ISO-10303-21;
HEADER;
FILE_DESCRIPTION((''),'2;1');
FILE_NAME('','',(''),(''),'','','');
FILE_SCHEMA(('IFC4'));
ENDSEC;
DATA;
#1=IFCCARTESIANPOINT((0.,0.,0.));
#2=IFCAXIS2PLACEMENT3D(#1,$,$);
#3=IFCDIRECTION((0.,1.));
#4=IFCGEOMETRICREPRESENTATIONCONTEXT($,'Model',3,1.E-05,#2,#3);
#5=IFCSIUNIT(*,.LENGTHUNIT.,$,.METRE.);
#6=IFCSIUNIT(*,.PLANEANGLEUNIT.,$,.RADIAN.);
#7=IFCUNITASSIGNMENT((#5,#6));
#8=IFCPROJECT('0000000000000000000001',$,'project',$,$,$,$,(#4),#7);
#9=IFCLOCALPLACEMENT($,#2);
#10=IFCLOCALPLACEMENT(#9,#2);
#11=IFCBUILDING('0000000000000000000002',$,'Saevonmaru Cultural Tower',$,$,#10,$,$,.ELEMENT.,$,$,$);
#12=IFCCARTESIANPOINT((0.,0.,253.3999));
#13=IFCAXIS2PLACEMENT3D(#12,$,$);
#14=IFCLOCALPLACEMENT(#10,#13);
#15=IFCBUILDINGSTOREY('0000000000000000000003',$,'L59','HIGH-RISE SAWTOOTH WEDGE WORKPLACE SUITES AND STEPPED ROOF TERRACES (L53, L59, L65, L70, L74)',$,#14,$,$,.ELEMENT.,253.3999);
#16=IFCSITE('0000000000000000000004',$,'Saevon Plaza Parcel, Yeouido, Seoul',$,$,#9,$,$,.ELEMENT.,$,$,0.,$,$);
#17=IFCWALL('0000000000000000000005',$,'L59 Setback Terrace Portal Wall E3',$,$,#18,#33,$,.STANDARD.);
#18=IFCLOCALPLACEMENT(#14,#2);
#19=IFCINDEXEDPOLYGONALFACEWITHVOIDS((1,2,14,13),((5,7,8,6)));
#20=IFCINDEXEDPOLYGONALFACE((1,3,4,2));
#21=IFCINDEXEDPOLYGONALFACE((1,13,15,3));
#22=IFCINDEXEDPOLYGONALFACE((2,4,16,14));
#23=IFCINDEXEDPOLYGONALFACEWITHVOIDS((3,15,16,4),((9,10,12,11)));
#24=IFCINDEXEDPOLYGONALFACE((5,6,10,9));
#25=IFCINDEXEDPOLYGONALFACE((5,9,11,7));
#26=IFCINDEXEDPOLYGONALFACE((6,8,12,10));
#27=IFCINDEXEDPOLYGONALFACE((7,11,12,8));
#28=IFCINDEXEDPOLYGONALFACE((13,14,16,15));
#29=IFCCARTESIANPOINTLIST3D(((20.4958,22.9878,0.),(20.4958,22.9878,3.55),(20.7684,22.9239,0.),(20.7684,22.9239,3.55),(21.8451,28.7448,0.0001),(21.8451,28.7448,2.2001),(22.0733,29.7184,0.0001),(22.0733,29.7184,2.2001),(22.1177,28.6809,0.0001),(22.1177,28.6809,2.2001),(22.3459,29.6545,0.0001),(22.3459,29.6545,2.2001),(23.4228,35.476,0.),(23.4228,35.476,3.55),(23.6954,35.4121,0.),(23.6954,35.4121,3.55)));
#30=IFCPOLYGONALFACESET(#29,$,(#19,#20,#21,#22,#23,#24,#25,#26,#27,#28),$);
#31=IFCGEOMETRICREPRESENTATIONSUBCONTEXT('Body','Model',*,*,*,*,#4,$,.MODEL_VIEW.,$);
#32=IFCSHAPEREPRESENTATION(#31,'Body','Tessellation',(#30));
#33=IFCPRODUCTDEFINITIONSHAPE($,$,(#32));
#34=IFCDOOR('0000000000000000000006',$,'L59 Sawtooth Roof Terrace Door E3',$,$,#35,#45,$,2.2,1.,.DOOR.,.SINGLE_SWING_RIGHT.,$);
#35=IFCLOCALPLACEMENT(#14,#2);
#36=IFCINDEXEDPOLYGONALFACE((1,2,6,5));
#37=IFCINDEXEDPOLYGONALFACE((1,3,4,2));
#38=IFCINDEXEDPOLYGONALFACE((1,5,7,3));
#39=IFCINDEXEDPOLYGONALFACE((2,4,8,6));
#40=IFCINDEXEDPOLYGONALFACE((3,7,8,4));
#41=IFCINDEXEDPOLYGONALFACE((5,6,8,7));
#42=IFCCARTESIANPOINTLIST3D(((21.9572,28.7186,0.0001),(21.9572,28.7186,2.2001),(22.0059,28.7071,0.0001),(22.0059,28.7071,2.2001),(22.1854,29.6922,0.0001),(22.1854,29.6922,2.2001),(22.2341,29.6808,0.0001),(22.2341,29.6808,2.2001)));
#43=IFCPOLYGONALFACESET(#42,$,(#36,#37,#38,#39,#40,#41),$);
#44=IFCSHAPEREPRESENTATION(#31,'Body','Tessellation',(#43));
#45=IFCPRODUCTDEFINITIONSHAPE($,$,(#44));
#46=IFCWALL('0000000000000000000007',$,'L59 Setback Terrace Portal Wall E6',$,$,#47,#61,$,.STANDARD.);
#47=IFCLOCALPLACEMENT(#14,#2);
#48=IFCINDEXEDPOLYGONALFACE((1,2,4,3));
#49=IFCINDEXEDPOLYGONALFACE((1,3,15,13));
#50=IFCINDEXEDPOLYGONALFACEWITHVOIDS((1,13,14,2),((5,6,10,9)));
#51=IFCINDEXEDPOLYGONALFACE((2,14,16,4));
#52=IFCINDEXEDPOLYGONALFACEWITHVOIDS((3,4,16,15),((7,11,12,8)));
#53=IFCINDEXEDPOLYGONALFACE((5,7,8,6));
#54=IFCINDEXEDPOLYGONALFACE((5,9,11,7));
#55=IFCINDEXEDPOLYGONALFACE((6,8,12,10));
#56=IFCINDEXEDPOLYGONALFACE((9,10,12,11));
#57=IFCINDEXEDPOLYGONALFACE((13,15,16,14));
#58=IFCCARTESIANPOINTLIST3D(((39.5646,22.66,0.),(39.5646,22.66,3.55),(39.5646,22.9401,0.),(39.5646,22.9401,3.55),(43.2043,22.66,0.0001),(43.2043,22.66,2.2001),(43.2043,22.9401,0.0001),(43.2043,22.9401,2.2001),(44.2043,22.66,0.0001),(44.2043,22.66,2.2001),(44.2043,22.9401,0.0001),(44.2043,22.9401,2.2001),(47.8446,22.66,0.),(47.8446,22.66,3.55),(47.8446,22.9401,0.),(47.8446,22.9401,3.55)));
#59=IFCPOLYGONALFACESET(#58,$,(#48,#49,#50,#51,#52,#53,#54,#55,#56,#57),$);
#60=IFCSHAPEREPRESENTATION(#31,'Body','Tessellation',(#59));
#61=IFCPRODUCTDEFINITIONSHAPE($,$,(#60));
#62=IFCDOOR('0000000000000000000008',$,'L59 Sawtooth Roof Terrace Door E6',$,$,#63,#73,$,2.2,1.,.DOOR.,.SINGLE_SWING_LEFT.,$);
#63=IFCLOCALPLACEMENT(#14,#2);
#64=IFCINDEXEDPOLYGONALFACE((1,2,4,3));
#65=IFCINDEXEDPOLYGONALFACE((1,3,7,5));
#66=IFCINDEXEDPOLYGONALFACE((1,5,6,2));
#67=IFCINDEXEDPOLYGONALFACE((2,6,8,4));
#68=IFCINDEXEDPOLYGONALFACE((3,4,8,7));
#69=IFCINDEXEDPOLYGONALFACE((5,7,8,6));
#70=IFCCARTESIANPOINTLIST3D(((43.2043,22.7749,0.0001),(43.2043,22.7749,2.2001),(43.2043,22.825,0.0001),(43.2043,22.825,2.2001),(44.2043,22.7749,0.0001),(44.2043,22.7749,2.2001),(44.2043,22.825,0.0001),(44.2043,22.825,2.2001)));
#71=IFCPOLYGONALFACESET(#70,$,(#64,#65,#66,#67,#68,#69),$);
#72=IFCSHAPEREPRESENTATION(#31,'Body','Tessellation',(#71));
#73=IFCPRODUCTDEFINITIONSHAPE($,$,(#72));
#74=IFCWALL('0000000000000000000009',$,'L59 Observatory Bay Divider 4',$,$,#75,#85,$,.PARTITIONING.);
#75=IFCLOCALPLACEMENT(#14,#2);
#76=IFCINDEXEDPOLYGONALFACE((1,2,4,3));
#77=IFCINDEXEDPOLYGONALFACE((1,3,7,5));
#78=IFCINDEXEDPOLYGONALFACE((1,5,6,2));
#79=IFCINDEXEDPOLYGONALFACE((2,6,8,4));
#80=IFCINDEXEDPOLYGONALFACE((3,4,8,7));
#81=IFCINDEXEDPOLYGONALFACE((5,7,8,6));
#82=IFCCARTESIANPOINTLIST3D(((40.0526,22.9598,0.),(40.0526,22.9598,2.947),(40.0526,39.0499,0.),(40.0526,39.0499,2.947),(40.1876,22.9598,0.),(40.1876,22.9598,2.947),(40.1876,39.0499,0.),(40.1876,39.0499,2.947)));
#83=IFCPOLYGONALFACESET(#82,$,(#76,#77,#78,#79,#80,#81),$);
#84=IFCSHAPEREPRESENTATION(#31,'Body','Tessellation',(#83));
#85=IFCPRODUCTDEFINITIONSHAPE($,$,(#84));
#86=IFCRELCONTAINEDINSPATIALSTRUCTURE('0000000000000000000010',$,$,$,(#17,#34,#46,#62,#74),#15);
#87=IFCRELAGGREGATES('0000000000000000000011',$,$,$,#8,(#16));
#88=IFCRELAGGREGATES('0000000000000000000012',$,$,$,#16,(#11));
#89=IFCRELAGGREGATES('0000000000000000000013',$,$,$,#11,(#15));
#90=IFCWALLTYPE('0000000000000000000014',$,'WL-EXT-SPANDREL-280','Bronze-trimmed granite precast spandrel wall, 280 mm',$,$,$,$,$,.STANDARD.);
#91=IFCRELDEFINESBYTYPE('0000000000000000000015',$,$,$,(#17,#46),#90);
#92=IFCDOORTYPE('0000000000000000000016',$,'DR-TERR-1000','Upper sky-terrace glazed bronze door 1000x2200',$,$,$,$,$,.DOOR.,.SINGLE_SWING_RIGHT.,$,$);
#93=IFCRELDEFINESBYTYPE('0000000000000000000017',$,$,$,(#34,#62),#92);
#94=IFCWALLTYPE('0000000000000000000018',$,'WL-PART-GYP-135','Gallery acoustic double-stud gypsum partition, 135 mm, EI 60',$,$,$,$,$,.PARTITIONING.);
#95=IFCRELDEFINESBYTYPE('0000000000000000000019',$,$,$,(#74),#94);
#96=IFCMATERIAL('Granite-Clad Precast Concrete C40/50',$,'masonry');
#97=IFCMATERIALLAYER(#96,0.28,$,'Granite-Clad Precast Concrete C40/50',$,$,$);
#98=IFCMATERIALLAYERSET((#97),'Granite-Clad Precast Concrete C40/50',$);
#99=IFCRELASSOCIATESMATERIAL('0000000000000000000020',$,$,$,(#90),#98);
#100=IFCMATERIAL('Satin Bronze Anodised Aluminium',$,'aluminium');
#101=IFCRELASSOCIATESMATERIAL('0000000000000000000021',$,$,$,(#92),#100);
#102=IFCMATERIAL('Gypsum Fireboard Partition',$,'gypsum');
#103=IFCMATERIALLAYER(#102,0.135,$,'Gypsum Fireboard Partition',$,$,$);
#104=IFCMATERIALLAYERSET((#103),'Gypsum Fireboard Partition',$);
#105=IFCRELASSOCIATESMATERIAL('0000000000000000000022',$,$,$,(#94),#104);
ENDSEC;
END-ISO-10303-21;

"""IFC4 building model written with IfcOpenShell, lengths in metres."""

from ifc_helpers import new_model, si_unit, direction, frame, frame_2d, origin, place, context, subcontext, project, spatial, rectangle, extrude, material, layer, layer_set, type_object, element, fill, save


model = new_model("IFC4")

# Units and contexts
model_context = context("Model", 3, precision=1e-05, world=origin(), true_north=direction((0.0, 1.0)))
body_context = subcontext(model_context, "Body", "Model", "MODEL_VIEW")
ifc_project = project(units=[si_unit("LENGTHUNIT", "METRE"), si_unit("PLANEANGLEUNIT", "RADIAN")], contexts=[model_context])

# Site, building, storey
site_placement = place(None, origin())
site = spatial("IfcSite", under=ifc_project, at=site_placement, Name="Saevon Plaza Parcel, Yeouido, Seoul", CompositionType="ELEMENT", RefElevation=0.0)
building_placement = place(site_placement, origin())
building = spatial("IfcBuilding", under=site, at=building_placement, Name="Saevonmaru Cultural Tower", CompositionType="ELEMENT")
storey_placement = place(building_placement, frame((0.0, 0.0, 253.3999)))
storey = spatial("IfcBuildingStorey", under=building, at=storey_placement, Name="L59", Description="HIGH-RISE SAWTOOTH WEDGE WORKPLACE SUITES AND STEPPED ROOF TERRACES (L53, L59, L65, L70, L74)", CompositionType="ELEMENT", Elevation=253.3999)

# Walls, openings, doors
ifc_material_1 = material(Name="Granite-Clad Precast Concrete C40/50", Category="masonry")
ifc_layer_1 = layer(ifc_material_1, 0.28, Name="Granite-Clad Precast Concrete C40/50")
ifc_layer_set_1 = layer_set([ifc_layer_1], Name="Granite-Clad Precast Concrete C40/50")
wall_type_1 = type_object("IfcWallType", Name="WL-EXT-SPANDREL-280", Description="Bronze-trimmed granite precast spandrel wall, 280 mm", PredefinedType="STANDARD", material=ifc_layer_set_1)
wall_1_placement = place(storey_placement, frame((20.6321, 22.9558, 0.0), z_axis=(0.0, 0.0, 1.0), x_axis=(0.228196, 0.973615, 0.0)))
wall_1 = element("IfcWall", 1, at=wall_1_placement, inside=storey, type_object=wall_type_1, Name="L59 Setback Terrace Portal Wall E3", PredefinedType="STANDARD", context=body_context, shape_type="SweptSolid", body=[
    extrude(rectangle(XDim=12.8267, YDim=0.28, at=frame_2d((6.4133, 0.0))), origin(), (0.0, 0.0, 1.0), 3.55),
])
opening_1_placement = place(wall_1_placement, frame((5.9131, 0.0, 0.0)))
opening_1 = element("IfcOpeningElement", 2, at=opening_1_placement, cuts=wall_1, PredefinedType="OPENING", context=body_context, shape_type="SweptSolid", body=[
    extrude(rectangle(XDim=1.0, YDim=2.2, at=frame_2d((0.5, 1.1001))), frame((0.0, 0.1499, 0.0), z_axis=(0.0, -1.0, 0.0), x_axis=(1.0, 0.0, 0.0)), (0.0, 0.0, 1.0), 0.3),
])
ifc_material_2 = material(Name="Satin Bronze Anodised Aluminium", Category="aluminium")
door_type = type_object("IfcDoorType", Name="DR-TERR-1000", Description="Upper sky-terrace glazed bronze door 1000x2200", OperationType="SINGLE_SWING_RIGHT", PredefinedType="DOOR", material=ifc_material_2)
door_1_placement = place(opening_1_placement, origin())
door_1 = element("IfcDoor", 3, at=door_1_placement, inside=storey, type_object=door_type, Name="L59 Sawtooth Roof Terrace Door E3", OperationType="SINGLE_SWING_RIGHT", OverallHeight=2.2, OverallWidth=1.0, PredefinedType="DOOR", context=body_context, shape_type="SweptSolid", body=[
    extrude(rectangle(XDim=1.0, YDim=2.2, at=frame_2d((0.5, 1.1001))), frame((0.0, 0.0249, 0.0), z_axis=(0.0, -1.0, 0.0), x_axis=(1.0, 0.0, 0.0)), (0.0, 0.0, 1.0), 0.05),
])
fill(opening_1, door_1)
wall_2_placement = place(storey_placement, frame((39.5645, 22.8, 0.0), z_axis=(0.0, 0.0, 1.0), x_axis=(1.0, 0.0, 0.0)))
wall_2 = element("IfcWall", 4, at=wall_2_placement, inside=storey, type_object=wall_type_1, Name="L59 Setback Terrace Portal Wall E6", PredefinedType="STANDARD", context=body_context, shape_type="SweptSolid", body=[
    extrude(rectangle(XDim=8.28, YDim=0.28, at=frame_2d((4.1401, 0.0))), origin(), (0.0, 0.0, 1.0), 3.55),
])
opening_2_placement = place(wall_2_placement, frame((3.6399, 0.0, 0.0)))
opening_2 = element("IfcOpeningElement", 5, at=opening_2_placement, cuts=wall_2, PredefinedType="OPENING", context=body_context, shape_type="SweptSolid", body=[
    extrude(rectangle(XDim=1.0, YDim=2.2, at=frame_2d((0.5, 1.1001))), frame((0.0, 0.1499, 0.0), z_axis=(0.0, -1.0, 0.0), x_axis=(1.0, 0.0, 0.0)), (0.0, 0.0, 1.0), 0.3),
])
door_2_placement = place(opening_2_placement, origin())
door_2 = element("IfcDoor", 6, at=door_2_placement, inside=storey, type_object=door_type, Name="L59 Sawtooth Roof Terrace Door E6", OperationType="SINGLE_SWING_LEFT", OverallHeight=2.2, OverallWidth=1.0, PredefinedType="DOOR", context=body_context, shape_type="SweptSolid", body=[
    extrude(rectangle(XDim=1.0, YDim=2.2, at=frame_2d((0.5, 1.1001))), frame((0.0, 0.0249, 0.0), z_axis=(0.0, -1.0, 0.0), x_axis=(1.0, 0.0, 0.0)), (0.0, 0.0, 1.0), 0.05),
])
fill(opening_2, door_2)

# Wall
ifc_material_3 = material(Name="Gypsum Fireboard Partition", Category="gypsum")
ifc_layer_2 = layer(ifc_material_3, 0.135, Name="Gypsum Fireboard Partition")
ifc_layer_set_2 = layer_set([ifc_layer_2], Name="Gypsum Fireboard Partition")
wall_type_2 = type_object("IfcWallType", Name="WL-PART-GYP-135", Description="Gallery acoustic double-stud gypsum partition, 135 mm, EI 60", PredefinedType="PARTITIONING", material=ifc_layer_set_2)
wall_3_placement = place(storey_placement, frame((40.1201, 22.96, 0.0), z_axis=(0.0, 0.0, 1.0), x_axis=(0.0, 1.0, 0.0)))
element("IfcWall", 7, at=wall_3_placement, inside=storey, type_object=wall_type_2, Name="L59 Observatory Bay Divider 4", PredefinedType="PARTITIONING", context=body_context, shape_type="SweptSolid", body=[
    extrude(rectangle(XDim=16.0901, YDim=0.135, at=frame_2d((8.0449, 0.0))), origin(), (0.0, 0.0, 1.0), 2.947),
])

save(model, "model.ifc")
